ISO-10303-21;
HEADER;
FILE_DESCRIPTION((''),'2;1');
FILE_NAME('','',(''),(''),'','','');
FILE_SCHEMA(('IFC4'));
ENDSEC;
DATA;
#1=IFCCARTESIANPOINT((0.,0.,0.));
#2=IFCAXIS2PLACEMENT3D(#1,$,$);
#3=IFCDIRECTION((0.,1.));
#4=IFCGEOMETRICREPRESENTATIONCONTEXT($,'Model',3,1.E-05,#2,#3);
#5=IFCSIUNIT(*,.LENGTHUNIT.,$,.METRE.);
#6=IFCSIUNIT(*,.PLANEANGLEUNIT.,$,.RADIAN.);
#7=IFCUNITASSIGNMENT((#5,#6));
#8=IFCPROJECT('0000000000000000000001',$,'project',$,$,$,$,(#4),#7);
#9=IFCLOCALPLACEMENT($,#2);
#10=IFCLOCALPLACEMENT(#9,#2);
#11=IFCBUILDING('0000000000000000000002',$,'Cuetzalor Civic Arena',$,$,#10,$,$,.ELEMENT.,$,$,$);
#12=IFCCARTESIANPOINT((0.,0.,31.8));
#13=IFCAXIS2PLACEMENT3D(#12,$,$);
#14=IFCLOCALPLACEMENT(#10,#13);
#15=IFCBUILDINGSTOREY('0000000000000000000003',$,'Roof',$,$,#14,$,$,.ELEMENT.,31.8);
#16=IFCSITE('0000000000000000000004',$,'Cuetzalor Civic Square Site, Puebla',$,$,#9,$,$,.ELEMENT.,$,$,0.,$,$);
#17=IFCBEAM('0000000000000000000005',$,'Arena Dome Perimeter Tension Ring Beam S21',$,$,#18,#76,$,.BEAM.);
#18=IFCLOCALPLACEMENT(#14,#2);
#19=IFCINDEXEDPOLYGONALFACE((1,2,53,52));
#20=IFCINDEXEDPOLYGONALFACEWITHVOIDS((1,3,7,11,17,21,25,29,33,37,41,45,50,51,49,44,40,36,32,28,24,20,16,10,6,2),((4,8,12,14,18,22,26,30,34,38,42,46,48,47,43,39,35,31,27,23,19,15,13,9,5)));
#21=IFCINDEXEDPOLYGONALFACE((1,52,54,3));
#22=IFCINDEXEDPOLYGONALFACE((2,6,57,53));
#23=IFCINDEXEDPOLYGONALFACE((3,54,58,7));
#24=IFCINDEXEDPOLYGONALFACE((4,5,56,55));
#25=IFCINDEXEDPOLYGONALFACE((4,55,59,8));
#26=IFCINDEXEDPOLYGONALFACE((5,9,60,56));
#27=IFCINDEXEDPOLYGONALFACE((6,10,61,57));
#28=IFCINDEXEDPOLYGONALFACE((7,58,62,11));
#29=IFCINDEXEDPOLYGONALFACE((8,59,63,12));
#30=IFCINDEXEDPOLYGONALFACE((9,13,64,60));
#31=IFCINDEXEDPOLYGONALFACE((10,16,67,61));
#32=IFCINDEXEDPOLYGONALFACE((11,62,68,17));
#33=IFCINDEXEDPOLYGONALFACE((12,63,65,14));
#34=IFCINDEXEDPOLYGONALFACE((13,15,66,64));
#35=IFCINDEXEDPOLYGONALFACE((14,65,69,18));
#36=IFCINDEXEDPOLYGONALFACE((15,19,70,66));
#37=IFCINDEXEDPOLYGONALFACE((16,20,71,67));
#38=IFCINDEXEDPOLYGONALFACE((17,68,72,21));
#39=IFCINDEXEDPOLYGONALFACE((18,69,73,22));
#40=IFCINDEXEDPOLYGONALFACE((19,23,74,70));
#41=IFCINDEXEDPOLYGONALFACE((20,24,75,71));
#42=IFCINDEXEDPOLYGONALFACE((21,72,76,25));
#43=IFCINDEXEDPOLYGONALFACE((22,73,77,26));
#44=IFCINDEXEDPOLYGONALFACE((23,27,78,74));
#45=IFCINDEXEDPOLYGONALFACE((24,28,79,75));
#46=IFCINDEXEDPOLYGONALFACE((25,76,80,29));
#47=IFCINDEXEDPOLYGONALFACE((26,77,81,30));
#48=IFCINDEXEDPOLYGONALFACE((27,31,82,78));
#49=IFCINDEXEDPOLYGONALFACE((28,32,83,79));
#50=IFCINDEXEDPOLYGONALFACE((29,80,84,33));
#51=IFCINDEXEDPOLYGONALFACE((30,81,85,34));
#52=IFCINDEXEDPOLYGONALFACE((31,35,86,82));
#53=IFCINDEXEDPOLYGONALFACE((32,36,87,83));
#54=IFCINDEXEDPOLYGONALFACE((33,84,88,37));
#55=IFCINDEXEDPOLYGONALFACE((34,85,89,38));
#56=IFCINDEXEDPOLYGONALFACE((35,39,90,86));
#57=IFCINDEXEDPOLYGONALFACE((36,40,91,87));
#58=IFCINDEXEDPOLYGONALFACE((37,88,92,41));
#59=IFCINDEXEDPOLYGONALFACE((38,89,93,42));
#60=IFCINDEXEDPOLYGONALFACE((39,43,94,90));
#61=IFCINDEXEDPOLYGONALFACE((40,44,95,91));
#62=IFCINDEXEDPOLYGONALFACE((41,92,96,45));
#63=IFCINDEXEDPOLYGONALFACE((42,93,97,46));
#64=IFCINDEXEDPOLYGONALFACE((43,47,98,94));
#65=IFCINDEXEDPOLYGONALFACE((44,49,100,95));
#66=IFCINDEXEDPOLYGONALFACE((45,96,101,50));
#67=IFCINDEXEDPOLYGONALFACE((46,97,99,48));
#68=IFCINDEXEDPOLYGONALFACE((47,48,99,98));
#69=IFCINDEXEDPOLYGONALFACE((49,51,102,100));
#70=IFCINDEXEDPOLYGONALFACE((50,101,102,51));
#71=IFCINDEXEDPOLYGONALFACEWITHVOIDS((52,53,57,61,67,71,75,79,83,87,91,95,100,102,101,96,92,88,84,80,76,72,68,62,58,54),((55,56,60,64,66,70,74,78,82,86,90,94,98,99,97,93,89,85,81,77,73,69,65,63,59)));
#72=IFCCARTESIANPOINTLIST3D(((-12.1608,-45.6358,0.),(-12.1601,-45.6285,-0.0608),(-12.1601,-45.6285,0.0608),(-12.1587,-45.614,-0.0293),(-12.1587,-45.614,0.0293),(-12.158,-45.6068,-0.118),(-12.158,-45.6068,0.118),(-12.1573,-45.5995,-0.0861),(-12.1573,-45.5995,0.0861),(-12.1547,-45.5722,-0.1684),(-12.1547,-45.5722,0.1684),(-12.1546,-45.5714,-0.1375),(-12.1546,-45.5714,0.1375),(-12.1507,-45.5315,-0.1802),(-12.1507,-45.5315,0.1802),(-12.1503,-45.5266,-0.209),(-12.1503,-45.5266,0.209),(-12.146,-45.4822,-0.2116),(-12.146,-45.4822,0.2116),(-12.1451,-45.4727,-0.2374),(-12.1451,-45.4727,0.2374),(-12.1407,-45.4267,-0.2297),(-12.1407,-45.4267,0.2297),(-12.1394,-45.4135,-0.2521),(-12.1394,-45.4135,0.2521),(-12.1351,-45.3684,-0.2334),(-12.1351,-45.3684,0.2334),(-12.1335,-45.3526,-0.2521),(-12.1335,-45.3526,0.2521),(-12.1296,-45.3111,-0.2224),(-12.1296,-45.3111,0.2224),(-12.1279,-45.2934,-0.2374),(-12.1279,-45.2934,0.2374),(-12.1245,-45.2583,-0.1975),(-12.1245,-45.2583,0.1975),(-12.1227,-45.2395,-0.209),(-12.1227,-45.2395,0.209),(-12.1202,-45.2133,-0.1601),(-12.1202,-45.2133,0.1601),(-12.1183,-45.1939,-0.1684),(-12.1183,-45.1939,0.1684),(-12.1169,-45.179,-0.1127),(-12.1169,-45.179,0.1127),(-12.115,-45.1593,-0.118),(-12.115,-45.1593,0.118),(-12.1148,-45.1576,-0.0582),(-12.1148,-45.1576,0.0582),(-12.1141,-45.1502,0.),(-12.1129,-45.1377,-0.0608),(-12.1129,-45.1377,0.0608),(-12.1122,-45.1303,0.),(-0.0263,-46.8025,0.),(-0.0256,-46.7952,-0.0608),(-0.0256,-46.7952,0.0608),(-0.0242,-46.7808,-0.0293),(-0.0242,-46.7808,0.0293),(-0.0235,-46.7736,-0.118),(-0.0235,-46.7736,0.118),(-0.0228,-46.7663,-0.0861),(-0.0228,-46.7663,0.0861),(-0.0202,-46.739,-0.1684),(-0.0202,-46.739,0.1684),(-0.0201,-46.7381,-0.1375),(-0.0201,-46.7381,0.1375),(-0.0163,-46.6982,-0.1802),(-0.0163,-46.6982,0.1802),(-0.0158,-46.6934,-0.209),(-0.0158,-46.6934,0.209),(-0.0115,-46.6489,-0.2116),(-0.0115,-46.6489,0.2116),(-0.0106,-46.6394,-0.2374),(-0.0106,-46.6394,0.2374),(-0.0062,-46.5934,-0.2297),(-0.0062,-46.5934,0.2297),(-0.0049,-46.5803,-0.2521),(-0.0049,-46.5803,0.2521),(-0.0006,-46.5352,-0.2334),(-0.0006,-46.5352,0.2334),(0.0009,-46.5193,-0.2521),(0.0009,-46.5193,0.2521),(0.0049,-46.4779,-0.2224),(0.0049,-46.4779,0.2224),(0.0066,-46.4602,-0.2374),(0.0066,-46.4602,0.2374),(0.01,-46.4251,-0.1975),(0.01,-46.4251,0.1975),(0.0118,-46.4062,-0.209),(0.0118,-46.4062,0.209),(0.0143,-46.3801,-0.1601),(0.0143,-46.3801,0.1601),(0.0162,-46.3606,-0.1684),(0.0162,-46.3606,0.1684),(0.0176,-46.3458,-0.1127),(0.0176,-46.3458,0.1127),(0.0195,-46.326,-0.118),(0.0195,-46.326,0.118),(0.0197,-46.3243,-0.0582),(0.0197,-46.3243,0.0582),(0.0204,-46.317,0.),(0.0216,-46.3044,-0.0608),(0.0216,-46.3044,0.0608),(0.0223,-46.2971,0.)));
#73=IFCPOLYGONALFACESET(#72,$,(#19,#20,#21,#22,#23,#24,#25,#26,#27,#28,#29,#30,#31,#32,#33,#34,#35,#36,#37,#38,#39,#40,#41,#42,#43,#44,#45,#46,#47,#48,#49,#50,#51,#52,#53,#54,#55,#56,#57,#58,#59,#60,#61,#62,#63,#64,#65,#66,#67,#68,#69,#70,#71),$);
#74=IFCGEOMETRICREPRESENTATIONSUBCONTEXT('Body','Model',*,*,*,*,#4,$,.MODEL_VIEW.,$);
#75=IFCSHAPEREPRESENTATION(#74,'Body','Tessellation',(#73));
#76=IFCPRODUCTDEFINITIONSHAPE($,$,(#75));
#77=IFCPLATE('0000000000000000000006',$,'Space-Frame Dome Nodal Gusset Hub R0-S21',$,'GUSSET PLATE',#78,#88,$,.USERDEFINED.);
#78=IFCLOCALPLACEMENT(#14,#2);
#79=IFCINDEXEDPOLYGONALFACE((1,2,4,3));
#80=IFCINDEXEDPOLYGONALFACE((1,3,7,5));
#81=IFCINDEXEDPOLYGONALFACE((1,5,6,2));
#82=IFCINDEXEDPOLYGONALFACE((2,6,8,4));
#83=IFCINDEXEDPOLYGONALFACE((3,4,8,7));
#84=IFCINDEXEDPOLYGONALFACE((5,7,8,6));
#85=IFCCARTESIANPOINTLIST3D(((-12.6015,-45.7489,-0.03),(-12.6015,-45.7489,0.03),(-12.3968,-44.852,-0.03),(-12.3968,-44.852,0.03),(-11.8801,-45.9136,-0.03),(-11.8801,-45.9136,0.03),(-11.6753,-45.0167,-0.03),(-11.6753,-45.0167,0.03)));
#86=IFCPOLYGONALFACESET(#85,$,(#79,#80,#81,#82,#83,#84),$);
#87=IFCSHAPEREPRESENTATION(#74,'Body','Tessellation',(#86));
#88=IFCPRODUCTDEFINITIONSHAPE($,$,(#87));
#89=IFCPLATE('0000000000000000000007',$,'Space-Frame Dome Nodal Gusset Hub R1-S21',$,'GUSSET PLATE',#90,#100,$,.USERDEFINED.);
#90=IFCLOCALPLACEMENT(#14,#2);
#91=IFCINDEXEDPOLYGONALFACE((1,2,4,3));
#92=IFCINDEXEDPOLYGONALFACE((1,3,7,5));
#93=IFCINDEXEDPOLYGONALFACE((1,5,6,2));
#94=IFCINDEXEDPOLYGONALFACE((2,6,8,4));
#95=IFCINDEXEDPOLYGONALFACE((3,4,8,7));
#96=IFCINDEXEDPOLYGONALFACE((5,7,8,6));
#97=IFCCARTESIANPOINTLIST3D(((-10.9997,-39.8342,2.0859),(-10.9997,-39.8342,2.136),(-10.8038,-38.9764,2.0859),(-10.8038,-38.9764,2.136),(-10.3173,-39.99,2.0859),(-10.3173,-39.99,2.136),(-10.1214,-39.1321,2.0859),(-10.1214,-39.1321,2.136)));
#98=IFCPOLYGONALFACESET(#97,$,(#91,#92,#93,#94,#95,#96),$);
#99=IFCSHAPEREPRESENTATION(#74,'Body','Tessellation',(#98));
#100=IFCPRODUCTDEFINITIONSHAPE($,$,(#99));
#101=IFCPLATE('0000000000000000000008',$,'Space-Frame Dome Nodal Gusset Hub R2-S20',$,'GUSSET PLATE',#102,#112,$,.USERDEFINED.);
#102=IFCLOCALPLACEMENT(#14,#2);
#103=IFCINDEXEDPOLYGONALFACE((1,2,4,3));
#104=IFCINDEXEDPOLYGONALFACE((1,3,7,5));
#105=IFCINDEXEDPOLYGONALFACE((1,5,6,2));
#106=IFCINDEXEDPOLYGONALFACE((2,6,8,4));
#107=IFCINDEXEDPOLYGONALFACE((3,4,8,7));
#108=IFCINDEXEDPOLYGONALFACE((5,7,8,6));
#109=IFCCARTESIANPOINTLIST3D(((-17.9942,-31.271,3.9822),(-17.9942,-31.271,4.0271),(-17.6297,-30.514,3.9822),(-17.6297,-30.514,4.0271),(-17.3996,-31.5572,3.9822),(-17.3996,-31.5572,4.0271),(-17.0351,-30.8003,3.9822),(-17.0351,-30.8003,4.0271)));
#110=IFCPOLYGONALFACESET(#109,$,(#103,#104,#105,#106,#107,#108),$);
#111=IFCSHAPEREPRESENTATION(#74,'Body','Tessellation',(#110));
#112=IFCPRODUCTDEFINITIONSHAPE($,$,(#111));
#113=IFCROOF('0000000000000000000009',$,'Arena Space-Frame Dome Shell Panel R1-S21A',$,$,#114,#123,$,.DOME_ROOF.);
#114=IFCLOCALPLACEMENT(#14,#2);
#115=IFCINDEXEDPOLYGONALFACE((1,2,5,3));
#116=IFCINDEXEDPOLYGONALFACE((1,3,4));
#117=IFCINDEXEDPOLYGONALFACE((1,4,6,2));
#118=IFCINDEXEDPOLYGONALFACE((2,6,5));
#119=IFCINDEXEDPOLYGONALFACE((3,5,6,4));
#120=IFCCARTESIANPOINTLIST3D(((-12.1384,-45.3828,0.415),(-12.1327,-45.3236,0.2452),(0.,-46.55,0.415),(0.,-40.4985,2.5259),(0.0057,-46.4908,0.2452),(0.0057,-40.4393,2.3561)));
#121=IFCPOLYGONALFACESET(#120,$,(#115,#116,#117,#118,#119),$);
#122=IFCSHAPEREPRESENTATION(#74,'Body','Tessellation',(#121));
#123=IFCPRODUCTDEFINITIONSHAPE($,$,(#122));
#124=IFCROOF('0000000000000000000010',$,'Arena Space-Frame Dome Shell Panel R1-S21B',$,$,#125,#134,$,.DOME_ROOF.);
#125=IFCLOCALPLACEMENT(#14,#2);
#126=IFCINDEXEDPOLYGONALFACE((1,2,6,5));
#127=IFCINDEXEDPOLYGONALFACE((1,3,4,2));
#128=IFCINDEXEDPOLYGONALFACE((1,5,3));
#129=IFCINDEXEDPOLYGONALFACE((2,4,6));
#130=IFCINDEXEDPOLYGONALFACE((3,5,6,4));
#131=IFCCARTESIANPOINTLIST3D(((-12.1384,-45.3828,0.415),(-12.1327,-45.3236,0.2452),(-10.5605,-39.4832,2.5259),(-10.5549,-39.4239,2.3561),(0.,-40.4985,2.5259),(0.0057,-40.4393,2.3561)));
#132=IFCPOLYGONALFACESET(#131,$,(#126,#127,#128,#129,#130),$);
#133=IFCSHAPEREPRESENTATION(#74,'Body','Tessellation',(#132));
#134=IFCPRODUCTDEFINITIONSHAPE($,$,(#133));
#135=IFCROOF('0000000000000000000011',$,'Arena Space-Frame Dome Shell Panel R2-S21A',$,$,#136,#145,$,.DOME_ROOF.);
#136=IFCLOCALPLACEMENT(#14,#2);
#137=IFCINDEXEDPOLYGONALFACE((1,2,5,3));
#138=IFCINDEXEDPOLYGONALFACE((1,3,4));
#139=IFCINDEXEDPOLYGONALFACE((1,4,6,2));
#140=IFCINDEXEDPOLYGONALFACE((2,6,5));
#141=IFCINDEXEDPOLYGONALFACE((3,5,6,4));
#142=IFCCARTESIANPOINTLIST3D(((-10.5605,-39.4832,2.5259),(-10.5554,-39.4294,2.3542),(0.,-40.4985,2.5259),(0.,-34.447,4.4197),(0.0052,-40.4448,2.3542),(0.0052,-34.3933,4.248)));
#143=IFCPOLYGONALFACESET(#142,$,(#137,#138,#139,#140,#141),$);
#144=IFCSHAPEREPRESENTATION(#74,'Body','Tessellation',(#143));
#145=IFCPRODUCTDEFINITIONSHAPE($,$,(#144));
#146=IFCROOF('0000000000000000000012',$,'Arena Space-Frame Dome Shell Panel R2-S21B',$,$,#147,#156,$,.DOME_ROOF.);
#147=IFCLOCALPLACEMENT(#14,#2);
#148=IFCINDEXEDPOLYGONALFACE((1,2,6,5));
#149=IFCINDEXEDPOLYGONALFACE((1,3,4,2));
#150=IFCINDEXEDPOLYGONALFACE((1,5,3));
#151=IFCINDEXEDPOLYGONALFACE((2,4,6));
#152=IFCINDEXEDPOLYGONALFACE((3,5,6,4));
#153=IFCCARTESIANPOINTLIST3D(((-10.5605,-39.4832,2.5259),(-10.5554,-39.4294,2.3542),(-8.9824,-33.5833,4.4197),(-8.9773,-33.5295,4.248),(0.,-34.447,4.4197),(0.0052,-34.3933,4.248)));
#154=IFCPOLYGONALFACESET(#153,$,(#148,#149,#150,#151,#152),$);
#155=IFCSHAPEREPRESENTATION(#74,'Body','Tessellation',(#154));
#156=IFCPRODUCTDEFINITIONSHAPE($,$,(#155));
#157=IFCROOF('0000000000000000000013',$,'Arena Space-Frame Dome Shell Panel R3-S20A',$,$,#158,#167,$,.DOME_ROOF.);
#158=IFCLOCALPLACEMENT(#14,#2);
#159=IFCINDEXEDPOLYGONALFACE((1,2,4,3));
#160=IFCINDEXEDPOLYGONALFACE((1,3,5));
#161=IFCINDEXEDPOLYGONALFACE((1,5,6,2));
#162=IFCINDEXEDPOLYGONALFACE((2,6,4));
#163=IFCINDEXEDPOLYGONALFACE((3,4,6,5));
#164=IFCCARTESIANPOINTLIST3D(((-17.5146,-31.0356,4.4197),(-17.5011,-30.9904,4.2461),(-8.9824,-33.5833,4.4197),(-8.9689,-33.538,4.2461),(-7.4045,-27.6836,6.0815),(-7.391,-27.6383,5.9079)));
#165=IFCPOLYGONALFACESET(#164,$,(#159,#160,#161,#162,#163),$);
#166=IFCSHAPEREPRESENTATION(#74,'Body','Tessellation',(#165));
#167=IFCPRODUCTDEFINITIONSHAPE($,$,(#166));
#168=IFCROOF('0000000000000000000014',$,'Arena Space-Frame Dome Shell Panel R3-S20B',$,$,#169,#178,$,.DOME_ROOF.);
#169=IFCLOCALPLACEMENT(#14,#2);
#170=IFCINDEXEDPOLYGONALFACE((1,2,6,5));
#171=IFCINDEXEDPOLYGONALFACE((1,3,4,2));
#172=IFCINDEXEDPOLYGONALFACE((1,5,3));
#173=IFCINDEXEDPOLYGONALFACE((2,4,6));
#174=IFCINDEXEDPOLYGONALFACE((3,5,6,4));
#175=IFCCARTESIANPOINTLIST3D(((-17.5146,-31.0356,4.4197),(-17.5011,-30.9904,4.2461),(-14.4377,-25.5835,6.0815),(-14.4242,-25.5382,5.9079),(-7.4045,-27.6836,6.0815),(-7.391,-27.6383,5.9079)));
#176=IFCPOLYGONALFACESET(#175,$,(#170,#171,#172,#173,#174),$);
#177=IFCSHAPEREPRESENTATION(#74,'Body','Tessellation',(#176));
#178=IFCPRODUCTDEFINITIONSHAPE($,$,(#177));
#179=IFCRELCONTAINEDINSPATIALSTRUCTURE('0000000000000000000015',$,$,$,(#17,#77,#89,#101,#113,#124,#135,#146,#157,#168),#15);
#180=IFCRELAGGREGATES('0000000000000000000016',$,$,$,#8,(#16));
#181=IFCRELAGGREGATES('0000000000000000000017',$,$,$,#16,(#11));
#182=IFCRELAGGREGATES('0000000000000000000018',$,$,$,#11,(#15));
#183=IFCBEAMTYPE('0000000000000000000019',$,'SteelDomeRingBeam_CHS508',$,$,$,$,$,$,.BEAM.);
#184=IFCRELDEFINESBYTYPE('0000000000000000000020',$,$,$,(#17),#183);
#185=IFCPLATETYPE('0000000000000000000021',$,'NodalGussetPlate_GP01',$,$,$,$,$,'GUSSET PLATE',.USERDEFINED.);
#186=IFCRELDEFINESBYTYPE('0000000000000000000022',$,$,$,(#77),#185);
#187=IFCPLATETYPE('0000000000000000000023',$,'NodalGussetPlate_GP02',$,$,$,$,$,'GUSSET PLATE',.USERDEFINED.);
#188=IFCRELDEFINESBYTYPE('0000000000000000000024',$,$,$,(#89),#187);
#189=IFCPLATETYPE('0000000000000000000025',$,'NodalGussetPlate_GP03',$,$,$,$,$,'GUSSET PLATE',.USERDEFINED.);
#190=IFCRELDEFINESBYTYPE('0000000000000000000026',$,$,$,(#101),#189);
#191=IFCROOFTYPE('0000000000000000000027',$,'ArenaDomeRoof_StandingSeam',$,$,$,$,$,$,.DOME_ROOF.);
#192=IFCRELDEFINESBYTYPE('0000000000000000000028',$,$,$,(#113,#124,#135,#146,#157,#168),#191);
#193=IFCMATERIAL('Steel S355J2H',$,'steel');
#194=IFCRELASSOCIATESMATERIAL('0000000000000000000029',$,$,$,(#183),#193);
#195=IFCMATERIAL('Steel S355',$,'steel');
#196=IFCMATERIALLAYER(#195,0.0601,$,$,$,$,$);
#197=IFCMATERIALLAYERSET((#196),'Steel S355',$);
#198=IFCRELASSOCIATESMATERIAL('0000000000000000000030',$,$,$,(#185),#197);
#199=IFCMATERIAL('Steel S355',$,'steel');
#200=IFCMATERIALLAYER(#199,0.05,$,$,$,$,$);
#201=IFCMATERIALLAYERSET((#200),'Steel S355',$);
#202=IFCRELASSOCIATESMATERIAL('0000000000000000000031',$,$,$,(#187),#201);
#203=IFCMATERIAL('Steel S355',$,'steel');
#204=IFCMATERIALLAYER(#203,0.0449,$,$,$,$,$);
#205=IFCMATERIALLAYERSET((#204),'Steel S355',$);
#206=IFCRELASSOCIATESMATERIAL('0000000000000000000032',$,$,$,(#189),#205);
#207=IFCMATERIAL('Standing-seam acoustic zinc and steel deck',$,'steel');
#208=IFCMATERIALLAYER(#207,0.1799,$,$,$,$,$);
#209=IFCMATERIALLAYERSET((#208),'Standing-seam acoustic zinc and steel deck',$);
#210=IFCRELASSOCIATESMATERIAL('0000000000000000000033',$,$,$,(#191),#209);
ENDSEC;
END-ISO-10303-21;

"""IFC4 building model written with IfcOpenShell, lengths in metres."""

from ifc_helpers import new_model, si_unit, direction, frame, origin, origin_2d, place, context, subcontext, project, spatial, polyline, rectangle, hollow_circle, outline, extrude, material, layer, layer_set, material_profile, profile_set, type_object, element, save


model = new_model("IFC4")

# Units and contexts
model_context = context("Model", 3, precision=1e-05, world=origin(), true_north=direction((0.0, 1.0)))
body_context = subcontext(model_context, "Body", "Model", "MODEL_VIEW")
ifc_project = project(units=[si_unit("LENGTHUNIT", "METRE"), si_unit("PLANEANGLEUNIT", "RADIAN")], contexts=[model_context])

# Site, building, storey
site_placement = place(None, origin())
site = spatial("IfcSite", under=ifc_project, at=site_placement, Name="Cuetzalor Civic Square Site, Puebla", CompositionType="ELEMENT", RefElevation=0.0)
building_placement = place(site_placement, origin())
building = spatial("IfcBuilding", under=site, at=building_placement, Name="Cuetzalor Civic Arena", CompositionType="ELEMENT")
storey_placement = place(building_placement, frame((0.0, 0.0, 31.8)))
storey = spatial("IfcBuildingStorey", under=building, at=storey_placement, Name="Roof", CompositionType="ELEMENT", Elevation=31.8)

# Beam
ifc_material_1 = material(Name="Steel S355J2H", Category="steel")
ifc_material_profile_1 = material_profile(ifc_material_1, hollow_circle(Radius=0.2539, WallThickness=0.02, at=origin_2d()), Name="CHS 508x20")
ifc_profile_set_1 = profile_set([ifc_material_profile_1], Name="Steel S355J2H")
beam_type = type_object("IfcBeamType", Name="SteelDomeRingBeam_CHS508", PredefinedType="BEAM", material=ifc_profile_set_1)
beam_placement = place(storey_placement, frame((-12.1365, -45.3831, 0.0), z_axis=(0.995409, -0.09571, 0.0), x_axis=(0.09571, 0.995409, 0.0)))
element("IfcBeam", 1, at=beam_placement, inside=storey, type_object=beam_type, Name="Arena Dome Perimeter Tension Ring Beam S21", PredefinedType="BEAM", context=body_context, shape_type="SweptSolid", body=[
    extrude(hollow_circle(Radius=0.2539, WallThickness=0.02, at=origin_2d()), origin(), (0.0, 0.0, 1.0), 12.1904),
])

# Plates
ifc_material_2 = material(Name="Steel S355", Category="steel")
ifc_layer_1 = layer(ifc_material_2, 0.0601)
ifc_layer_set_1 = layer_set([ifc_layer_1], Name="Steel S355")
plate_type_1 = type_object("IfcPlateType", Name="NodalGussetPlate_GP01", ElementType="GUSSET PLATE", PredefinedType="USERDEFINED", material=ifc_layer_set_1)
plate_1_placement = place(storey_placement, frame((-12.1384, -45.3828, -0.03), z_axis=(0.0, 0.0, 1.0), x_axis=(-0.22257, -0.974917, 0.0)))
element("IfcPlate", 2, at=plate_1_placement, inside=storey, type_object=plate_type_1, Name="Space-Frame Dome Nodal Gusset Hub R0-S21", ObjectType="GUSSET PLATE", PredefinedType="USERDEFINED", context=body_context, shape_type="SweptSolid", body=[
    extrude(rectangle(XDim=0.9199, YDim=0.74, at=origin_2d()), origin(), (0.0, 0.0, 1.0), 0.0601),
])
ifc_material_3 = material(Name="Steel S355", Category="steel")
ifc_layer_2 = layer(ifc_material_3, 0.05)
ifc_layer_set_2 = layer_set([ifc_layer_2], Name="Steel S355")
plate_type_2 = type_object("IfcPlateType", Name="NodalGussetPlate_GP02", ElementType="GUSSET PLATE", PredefinedType="USERDEFINED", material=ifc_layer_set_2)
plate_2_placement = place(storey_placement, frame((-10.5605, -39.4832, 2.0859), z_axis=(0.0, 0.0, 1.0), x_axis=(-0.22257, -0.974917, 0.0)))
element("IfcPlate", 3, at=plate_2_placement, inside=storey, type_object=plate_type_2, Name="Space-Frame Dome Nodal Gusset Hub R1-S21", ObjectType="GUSSET PLATE", PredefinedType="USERDEFINED", context=body_context, shape_type="SweptSolid", body=[
    extrude(rectangle(XDim=0.8799, YDim=0.7, at=origin_2d()), origin(), (0.0, 0.0, 1.0), 0.05),
])
ifc_material_4 = material(Name="Steel S355", Category="steel")
ifc_layer_3 = layer(ifc_material_4, 0.0449)
ifc_layer_set_3 = layer_set([ifc_layer_3], Name="Steel S355")
plate_type_3 = type_object("IfcPlateType", Name="NodalGussetPlate_GP03", ElementType="GUSSET PLATE", PredefinedType="USERDEFINED", material=ifc_layer_set_3)
plate_3_placement = place(storey_placement, frame((-17.5146, -31.0356, 3.9822), z_axis=(0.0, 0.0, 1.0), x_axis=(-0.433816, -0.901001, 0.0)))
element("IfcPlate", 4, at=plate_3_placement, inside=storey, type_object=plate_type_3, Name="Space-Frame Dome Nodal Gusset Hub R2-S20", ObjectType="GUSSET PLATE", PredefinedType="USERDEFINED", context=body_context, shape_type="SweptSolid", body=[
    extrude(rectangle(XDim=0.8401, YDim=0.6599, at=origin_2d()), origin(), (0.0, 0.0, 1.0), 0.0449),
])

# Roofs
ifc_material_5 = material(Name="Standing-seam acoustic zinc and steel deck", Category="steel")
ifc_layer_4 = layer(ifc_material_5, 0.1799)
ifc_layer_set_4 = layer_set([ifc_layer_4], Name="Standing-seam acoustic zinc and steel deck")
roof_type = type_object("IfcRoofType", Name="ArenaDomeRoof_StandingSeam", PredefinedType="DOME_ROOF", material=ifc_layer_set_4)
roof_1_placement = place(storey_placement, frame((-12.1384, -45.3828, 0.415), z_axis=(-0.031655, -0.329186, 0.943734), x_axis=(0.995408, -0.095719, 0.0)))
element("IfcRoof", 5, at=roof_1_placement, inside=storey, type_object=roof_type, Name="Arena Space-Frame Dome Shell Panel R1-S21A", PredefinedType="DOME_ROOF", context=body_context, shape_type="SweptSolid", body=[
    extrude(outline(polyline([(0.0, 0.0), (12.1944, 0.0), (11.6152, 6.3829), (0.0, 0.0)])), origin(), (0.0, 0.0, -1.0), 0.1799),
])
roof_2_placement = place(storey_placement, frame((-12.1384, -45.3828, 0.415), z_axis=(-0.031651, -0.329193, 0.943732), x_axis=(0.915871, 0.368529, 0.159268)))
element("IfcRoof", 6, at=roof_2_placement, inside=storey, type_object=roof_type, Name="Arena Space-Frame Dome Shell Panel R1-S21B", PredefinedType="DOME_ROOF", context=body_context, shape_type="SweptSolid", body=[
    extrude(outline(polyline([(0.0, 0.0), (13.2534, 0.0), (3.9555, 5.1093), (0.0, 0.0)])), origin(), (0.0, 0.0, -1.0), 0.1799),
])
roof_3_placement = place(storey_placement, frame((-10.5605, -39.4832, 2.5259), z_axis=(-0.028704, -0.29854, 0.953965), x_axis=(0.99541, -0.095707, 0.0)))
element("IfcRoof", 7, at=roof_3_placement, inside=storey, type_object=roof_type, Name="Arena Space-Frame Dome Shell Panel R2-S21A", PredefinedType="DOME_ROOF", context=body_context, shape_type="SweptSolid", body=[
    extrude(outline(polyline([(0.0, 0.0), (10.6092, 0.0), (10.0301, 6.3144), (0.0, 0.0)])), origin(), (0.0, 0.0, -1.0), 0.1799),
])
roof_4_placement = place(storey_placement, frame((-10.5605, -39.4832, 2.5259), z_axis=(-0.028708, -0.298533, 0.953967), x_axis=(0.891021, 0.424912, 0.159785)))
element("IfcRoof", 8, at=roof_4_placement, inside=storey, type_object=roof_type, Name="Arena Space-Frame Dome Shell Panel R2-S21B", PredefinedType="DOME_ROOF", context=body_context, shape_type="SweptSolid", body=[
    extrude(outline(polyline([(0.0, 0.0), (11.8522, 0.0), (4.2157, 4.8077), (0.0, 0.0)])), origin(), (0.0, 0.0, -1.0), 0.1799),
])
roof_5_placement = place(storey_placement, frame((-17.5146, -31.0356, 4.4197), z_axis=(-0.075153, -0.251697, 0.964884), x_axis=(0.958198, -0.286105, 0.0)))
element("IfcRoof", 9, at=roof_5_placement, inside=storey, type_object=roof_type, Name="Arena Space-Frame Dome Shell Panel R3-S20A", PredefinedType="DOME_ROOF", context=body_context, shape_type="SweptSolid", body=[
    extrude(outline(polyline([(0.0, 0.0), (8.9044, 0.0), (8.7284, 6.3266), (0.0, 0.0)])), origin(), (0.0, 0.0, -1.0), 0.1799),
])
roof_6_placement = place(storey_placement, frame((-17.5146, -31.0356, 4.4197), z_axis=(-0.075155, -0.251692, 0.964885), x_axis=(0.937842, 0.310946, 0.154159)))
element("IfcRoof", 10, at=roof_6_placement, inside=storey, type_object=roof_type, Name="Arena Space-Frame Dome Shell Panel R3-S20B", PredefinedType="DOME_ROOF", context=body_context, shape_type="SweptSolid", body=[
    extrude(outline(polyline([(0.0, 0.0), (10.7802, 0.0), (4.8372, 4.3078), (0.0, 0.0)])), origin(), (0.0, 0.0, -1.0), 0.1799),
])

save(model, "model.ifc")
